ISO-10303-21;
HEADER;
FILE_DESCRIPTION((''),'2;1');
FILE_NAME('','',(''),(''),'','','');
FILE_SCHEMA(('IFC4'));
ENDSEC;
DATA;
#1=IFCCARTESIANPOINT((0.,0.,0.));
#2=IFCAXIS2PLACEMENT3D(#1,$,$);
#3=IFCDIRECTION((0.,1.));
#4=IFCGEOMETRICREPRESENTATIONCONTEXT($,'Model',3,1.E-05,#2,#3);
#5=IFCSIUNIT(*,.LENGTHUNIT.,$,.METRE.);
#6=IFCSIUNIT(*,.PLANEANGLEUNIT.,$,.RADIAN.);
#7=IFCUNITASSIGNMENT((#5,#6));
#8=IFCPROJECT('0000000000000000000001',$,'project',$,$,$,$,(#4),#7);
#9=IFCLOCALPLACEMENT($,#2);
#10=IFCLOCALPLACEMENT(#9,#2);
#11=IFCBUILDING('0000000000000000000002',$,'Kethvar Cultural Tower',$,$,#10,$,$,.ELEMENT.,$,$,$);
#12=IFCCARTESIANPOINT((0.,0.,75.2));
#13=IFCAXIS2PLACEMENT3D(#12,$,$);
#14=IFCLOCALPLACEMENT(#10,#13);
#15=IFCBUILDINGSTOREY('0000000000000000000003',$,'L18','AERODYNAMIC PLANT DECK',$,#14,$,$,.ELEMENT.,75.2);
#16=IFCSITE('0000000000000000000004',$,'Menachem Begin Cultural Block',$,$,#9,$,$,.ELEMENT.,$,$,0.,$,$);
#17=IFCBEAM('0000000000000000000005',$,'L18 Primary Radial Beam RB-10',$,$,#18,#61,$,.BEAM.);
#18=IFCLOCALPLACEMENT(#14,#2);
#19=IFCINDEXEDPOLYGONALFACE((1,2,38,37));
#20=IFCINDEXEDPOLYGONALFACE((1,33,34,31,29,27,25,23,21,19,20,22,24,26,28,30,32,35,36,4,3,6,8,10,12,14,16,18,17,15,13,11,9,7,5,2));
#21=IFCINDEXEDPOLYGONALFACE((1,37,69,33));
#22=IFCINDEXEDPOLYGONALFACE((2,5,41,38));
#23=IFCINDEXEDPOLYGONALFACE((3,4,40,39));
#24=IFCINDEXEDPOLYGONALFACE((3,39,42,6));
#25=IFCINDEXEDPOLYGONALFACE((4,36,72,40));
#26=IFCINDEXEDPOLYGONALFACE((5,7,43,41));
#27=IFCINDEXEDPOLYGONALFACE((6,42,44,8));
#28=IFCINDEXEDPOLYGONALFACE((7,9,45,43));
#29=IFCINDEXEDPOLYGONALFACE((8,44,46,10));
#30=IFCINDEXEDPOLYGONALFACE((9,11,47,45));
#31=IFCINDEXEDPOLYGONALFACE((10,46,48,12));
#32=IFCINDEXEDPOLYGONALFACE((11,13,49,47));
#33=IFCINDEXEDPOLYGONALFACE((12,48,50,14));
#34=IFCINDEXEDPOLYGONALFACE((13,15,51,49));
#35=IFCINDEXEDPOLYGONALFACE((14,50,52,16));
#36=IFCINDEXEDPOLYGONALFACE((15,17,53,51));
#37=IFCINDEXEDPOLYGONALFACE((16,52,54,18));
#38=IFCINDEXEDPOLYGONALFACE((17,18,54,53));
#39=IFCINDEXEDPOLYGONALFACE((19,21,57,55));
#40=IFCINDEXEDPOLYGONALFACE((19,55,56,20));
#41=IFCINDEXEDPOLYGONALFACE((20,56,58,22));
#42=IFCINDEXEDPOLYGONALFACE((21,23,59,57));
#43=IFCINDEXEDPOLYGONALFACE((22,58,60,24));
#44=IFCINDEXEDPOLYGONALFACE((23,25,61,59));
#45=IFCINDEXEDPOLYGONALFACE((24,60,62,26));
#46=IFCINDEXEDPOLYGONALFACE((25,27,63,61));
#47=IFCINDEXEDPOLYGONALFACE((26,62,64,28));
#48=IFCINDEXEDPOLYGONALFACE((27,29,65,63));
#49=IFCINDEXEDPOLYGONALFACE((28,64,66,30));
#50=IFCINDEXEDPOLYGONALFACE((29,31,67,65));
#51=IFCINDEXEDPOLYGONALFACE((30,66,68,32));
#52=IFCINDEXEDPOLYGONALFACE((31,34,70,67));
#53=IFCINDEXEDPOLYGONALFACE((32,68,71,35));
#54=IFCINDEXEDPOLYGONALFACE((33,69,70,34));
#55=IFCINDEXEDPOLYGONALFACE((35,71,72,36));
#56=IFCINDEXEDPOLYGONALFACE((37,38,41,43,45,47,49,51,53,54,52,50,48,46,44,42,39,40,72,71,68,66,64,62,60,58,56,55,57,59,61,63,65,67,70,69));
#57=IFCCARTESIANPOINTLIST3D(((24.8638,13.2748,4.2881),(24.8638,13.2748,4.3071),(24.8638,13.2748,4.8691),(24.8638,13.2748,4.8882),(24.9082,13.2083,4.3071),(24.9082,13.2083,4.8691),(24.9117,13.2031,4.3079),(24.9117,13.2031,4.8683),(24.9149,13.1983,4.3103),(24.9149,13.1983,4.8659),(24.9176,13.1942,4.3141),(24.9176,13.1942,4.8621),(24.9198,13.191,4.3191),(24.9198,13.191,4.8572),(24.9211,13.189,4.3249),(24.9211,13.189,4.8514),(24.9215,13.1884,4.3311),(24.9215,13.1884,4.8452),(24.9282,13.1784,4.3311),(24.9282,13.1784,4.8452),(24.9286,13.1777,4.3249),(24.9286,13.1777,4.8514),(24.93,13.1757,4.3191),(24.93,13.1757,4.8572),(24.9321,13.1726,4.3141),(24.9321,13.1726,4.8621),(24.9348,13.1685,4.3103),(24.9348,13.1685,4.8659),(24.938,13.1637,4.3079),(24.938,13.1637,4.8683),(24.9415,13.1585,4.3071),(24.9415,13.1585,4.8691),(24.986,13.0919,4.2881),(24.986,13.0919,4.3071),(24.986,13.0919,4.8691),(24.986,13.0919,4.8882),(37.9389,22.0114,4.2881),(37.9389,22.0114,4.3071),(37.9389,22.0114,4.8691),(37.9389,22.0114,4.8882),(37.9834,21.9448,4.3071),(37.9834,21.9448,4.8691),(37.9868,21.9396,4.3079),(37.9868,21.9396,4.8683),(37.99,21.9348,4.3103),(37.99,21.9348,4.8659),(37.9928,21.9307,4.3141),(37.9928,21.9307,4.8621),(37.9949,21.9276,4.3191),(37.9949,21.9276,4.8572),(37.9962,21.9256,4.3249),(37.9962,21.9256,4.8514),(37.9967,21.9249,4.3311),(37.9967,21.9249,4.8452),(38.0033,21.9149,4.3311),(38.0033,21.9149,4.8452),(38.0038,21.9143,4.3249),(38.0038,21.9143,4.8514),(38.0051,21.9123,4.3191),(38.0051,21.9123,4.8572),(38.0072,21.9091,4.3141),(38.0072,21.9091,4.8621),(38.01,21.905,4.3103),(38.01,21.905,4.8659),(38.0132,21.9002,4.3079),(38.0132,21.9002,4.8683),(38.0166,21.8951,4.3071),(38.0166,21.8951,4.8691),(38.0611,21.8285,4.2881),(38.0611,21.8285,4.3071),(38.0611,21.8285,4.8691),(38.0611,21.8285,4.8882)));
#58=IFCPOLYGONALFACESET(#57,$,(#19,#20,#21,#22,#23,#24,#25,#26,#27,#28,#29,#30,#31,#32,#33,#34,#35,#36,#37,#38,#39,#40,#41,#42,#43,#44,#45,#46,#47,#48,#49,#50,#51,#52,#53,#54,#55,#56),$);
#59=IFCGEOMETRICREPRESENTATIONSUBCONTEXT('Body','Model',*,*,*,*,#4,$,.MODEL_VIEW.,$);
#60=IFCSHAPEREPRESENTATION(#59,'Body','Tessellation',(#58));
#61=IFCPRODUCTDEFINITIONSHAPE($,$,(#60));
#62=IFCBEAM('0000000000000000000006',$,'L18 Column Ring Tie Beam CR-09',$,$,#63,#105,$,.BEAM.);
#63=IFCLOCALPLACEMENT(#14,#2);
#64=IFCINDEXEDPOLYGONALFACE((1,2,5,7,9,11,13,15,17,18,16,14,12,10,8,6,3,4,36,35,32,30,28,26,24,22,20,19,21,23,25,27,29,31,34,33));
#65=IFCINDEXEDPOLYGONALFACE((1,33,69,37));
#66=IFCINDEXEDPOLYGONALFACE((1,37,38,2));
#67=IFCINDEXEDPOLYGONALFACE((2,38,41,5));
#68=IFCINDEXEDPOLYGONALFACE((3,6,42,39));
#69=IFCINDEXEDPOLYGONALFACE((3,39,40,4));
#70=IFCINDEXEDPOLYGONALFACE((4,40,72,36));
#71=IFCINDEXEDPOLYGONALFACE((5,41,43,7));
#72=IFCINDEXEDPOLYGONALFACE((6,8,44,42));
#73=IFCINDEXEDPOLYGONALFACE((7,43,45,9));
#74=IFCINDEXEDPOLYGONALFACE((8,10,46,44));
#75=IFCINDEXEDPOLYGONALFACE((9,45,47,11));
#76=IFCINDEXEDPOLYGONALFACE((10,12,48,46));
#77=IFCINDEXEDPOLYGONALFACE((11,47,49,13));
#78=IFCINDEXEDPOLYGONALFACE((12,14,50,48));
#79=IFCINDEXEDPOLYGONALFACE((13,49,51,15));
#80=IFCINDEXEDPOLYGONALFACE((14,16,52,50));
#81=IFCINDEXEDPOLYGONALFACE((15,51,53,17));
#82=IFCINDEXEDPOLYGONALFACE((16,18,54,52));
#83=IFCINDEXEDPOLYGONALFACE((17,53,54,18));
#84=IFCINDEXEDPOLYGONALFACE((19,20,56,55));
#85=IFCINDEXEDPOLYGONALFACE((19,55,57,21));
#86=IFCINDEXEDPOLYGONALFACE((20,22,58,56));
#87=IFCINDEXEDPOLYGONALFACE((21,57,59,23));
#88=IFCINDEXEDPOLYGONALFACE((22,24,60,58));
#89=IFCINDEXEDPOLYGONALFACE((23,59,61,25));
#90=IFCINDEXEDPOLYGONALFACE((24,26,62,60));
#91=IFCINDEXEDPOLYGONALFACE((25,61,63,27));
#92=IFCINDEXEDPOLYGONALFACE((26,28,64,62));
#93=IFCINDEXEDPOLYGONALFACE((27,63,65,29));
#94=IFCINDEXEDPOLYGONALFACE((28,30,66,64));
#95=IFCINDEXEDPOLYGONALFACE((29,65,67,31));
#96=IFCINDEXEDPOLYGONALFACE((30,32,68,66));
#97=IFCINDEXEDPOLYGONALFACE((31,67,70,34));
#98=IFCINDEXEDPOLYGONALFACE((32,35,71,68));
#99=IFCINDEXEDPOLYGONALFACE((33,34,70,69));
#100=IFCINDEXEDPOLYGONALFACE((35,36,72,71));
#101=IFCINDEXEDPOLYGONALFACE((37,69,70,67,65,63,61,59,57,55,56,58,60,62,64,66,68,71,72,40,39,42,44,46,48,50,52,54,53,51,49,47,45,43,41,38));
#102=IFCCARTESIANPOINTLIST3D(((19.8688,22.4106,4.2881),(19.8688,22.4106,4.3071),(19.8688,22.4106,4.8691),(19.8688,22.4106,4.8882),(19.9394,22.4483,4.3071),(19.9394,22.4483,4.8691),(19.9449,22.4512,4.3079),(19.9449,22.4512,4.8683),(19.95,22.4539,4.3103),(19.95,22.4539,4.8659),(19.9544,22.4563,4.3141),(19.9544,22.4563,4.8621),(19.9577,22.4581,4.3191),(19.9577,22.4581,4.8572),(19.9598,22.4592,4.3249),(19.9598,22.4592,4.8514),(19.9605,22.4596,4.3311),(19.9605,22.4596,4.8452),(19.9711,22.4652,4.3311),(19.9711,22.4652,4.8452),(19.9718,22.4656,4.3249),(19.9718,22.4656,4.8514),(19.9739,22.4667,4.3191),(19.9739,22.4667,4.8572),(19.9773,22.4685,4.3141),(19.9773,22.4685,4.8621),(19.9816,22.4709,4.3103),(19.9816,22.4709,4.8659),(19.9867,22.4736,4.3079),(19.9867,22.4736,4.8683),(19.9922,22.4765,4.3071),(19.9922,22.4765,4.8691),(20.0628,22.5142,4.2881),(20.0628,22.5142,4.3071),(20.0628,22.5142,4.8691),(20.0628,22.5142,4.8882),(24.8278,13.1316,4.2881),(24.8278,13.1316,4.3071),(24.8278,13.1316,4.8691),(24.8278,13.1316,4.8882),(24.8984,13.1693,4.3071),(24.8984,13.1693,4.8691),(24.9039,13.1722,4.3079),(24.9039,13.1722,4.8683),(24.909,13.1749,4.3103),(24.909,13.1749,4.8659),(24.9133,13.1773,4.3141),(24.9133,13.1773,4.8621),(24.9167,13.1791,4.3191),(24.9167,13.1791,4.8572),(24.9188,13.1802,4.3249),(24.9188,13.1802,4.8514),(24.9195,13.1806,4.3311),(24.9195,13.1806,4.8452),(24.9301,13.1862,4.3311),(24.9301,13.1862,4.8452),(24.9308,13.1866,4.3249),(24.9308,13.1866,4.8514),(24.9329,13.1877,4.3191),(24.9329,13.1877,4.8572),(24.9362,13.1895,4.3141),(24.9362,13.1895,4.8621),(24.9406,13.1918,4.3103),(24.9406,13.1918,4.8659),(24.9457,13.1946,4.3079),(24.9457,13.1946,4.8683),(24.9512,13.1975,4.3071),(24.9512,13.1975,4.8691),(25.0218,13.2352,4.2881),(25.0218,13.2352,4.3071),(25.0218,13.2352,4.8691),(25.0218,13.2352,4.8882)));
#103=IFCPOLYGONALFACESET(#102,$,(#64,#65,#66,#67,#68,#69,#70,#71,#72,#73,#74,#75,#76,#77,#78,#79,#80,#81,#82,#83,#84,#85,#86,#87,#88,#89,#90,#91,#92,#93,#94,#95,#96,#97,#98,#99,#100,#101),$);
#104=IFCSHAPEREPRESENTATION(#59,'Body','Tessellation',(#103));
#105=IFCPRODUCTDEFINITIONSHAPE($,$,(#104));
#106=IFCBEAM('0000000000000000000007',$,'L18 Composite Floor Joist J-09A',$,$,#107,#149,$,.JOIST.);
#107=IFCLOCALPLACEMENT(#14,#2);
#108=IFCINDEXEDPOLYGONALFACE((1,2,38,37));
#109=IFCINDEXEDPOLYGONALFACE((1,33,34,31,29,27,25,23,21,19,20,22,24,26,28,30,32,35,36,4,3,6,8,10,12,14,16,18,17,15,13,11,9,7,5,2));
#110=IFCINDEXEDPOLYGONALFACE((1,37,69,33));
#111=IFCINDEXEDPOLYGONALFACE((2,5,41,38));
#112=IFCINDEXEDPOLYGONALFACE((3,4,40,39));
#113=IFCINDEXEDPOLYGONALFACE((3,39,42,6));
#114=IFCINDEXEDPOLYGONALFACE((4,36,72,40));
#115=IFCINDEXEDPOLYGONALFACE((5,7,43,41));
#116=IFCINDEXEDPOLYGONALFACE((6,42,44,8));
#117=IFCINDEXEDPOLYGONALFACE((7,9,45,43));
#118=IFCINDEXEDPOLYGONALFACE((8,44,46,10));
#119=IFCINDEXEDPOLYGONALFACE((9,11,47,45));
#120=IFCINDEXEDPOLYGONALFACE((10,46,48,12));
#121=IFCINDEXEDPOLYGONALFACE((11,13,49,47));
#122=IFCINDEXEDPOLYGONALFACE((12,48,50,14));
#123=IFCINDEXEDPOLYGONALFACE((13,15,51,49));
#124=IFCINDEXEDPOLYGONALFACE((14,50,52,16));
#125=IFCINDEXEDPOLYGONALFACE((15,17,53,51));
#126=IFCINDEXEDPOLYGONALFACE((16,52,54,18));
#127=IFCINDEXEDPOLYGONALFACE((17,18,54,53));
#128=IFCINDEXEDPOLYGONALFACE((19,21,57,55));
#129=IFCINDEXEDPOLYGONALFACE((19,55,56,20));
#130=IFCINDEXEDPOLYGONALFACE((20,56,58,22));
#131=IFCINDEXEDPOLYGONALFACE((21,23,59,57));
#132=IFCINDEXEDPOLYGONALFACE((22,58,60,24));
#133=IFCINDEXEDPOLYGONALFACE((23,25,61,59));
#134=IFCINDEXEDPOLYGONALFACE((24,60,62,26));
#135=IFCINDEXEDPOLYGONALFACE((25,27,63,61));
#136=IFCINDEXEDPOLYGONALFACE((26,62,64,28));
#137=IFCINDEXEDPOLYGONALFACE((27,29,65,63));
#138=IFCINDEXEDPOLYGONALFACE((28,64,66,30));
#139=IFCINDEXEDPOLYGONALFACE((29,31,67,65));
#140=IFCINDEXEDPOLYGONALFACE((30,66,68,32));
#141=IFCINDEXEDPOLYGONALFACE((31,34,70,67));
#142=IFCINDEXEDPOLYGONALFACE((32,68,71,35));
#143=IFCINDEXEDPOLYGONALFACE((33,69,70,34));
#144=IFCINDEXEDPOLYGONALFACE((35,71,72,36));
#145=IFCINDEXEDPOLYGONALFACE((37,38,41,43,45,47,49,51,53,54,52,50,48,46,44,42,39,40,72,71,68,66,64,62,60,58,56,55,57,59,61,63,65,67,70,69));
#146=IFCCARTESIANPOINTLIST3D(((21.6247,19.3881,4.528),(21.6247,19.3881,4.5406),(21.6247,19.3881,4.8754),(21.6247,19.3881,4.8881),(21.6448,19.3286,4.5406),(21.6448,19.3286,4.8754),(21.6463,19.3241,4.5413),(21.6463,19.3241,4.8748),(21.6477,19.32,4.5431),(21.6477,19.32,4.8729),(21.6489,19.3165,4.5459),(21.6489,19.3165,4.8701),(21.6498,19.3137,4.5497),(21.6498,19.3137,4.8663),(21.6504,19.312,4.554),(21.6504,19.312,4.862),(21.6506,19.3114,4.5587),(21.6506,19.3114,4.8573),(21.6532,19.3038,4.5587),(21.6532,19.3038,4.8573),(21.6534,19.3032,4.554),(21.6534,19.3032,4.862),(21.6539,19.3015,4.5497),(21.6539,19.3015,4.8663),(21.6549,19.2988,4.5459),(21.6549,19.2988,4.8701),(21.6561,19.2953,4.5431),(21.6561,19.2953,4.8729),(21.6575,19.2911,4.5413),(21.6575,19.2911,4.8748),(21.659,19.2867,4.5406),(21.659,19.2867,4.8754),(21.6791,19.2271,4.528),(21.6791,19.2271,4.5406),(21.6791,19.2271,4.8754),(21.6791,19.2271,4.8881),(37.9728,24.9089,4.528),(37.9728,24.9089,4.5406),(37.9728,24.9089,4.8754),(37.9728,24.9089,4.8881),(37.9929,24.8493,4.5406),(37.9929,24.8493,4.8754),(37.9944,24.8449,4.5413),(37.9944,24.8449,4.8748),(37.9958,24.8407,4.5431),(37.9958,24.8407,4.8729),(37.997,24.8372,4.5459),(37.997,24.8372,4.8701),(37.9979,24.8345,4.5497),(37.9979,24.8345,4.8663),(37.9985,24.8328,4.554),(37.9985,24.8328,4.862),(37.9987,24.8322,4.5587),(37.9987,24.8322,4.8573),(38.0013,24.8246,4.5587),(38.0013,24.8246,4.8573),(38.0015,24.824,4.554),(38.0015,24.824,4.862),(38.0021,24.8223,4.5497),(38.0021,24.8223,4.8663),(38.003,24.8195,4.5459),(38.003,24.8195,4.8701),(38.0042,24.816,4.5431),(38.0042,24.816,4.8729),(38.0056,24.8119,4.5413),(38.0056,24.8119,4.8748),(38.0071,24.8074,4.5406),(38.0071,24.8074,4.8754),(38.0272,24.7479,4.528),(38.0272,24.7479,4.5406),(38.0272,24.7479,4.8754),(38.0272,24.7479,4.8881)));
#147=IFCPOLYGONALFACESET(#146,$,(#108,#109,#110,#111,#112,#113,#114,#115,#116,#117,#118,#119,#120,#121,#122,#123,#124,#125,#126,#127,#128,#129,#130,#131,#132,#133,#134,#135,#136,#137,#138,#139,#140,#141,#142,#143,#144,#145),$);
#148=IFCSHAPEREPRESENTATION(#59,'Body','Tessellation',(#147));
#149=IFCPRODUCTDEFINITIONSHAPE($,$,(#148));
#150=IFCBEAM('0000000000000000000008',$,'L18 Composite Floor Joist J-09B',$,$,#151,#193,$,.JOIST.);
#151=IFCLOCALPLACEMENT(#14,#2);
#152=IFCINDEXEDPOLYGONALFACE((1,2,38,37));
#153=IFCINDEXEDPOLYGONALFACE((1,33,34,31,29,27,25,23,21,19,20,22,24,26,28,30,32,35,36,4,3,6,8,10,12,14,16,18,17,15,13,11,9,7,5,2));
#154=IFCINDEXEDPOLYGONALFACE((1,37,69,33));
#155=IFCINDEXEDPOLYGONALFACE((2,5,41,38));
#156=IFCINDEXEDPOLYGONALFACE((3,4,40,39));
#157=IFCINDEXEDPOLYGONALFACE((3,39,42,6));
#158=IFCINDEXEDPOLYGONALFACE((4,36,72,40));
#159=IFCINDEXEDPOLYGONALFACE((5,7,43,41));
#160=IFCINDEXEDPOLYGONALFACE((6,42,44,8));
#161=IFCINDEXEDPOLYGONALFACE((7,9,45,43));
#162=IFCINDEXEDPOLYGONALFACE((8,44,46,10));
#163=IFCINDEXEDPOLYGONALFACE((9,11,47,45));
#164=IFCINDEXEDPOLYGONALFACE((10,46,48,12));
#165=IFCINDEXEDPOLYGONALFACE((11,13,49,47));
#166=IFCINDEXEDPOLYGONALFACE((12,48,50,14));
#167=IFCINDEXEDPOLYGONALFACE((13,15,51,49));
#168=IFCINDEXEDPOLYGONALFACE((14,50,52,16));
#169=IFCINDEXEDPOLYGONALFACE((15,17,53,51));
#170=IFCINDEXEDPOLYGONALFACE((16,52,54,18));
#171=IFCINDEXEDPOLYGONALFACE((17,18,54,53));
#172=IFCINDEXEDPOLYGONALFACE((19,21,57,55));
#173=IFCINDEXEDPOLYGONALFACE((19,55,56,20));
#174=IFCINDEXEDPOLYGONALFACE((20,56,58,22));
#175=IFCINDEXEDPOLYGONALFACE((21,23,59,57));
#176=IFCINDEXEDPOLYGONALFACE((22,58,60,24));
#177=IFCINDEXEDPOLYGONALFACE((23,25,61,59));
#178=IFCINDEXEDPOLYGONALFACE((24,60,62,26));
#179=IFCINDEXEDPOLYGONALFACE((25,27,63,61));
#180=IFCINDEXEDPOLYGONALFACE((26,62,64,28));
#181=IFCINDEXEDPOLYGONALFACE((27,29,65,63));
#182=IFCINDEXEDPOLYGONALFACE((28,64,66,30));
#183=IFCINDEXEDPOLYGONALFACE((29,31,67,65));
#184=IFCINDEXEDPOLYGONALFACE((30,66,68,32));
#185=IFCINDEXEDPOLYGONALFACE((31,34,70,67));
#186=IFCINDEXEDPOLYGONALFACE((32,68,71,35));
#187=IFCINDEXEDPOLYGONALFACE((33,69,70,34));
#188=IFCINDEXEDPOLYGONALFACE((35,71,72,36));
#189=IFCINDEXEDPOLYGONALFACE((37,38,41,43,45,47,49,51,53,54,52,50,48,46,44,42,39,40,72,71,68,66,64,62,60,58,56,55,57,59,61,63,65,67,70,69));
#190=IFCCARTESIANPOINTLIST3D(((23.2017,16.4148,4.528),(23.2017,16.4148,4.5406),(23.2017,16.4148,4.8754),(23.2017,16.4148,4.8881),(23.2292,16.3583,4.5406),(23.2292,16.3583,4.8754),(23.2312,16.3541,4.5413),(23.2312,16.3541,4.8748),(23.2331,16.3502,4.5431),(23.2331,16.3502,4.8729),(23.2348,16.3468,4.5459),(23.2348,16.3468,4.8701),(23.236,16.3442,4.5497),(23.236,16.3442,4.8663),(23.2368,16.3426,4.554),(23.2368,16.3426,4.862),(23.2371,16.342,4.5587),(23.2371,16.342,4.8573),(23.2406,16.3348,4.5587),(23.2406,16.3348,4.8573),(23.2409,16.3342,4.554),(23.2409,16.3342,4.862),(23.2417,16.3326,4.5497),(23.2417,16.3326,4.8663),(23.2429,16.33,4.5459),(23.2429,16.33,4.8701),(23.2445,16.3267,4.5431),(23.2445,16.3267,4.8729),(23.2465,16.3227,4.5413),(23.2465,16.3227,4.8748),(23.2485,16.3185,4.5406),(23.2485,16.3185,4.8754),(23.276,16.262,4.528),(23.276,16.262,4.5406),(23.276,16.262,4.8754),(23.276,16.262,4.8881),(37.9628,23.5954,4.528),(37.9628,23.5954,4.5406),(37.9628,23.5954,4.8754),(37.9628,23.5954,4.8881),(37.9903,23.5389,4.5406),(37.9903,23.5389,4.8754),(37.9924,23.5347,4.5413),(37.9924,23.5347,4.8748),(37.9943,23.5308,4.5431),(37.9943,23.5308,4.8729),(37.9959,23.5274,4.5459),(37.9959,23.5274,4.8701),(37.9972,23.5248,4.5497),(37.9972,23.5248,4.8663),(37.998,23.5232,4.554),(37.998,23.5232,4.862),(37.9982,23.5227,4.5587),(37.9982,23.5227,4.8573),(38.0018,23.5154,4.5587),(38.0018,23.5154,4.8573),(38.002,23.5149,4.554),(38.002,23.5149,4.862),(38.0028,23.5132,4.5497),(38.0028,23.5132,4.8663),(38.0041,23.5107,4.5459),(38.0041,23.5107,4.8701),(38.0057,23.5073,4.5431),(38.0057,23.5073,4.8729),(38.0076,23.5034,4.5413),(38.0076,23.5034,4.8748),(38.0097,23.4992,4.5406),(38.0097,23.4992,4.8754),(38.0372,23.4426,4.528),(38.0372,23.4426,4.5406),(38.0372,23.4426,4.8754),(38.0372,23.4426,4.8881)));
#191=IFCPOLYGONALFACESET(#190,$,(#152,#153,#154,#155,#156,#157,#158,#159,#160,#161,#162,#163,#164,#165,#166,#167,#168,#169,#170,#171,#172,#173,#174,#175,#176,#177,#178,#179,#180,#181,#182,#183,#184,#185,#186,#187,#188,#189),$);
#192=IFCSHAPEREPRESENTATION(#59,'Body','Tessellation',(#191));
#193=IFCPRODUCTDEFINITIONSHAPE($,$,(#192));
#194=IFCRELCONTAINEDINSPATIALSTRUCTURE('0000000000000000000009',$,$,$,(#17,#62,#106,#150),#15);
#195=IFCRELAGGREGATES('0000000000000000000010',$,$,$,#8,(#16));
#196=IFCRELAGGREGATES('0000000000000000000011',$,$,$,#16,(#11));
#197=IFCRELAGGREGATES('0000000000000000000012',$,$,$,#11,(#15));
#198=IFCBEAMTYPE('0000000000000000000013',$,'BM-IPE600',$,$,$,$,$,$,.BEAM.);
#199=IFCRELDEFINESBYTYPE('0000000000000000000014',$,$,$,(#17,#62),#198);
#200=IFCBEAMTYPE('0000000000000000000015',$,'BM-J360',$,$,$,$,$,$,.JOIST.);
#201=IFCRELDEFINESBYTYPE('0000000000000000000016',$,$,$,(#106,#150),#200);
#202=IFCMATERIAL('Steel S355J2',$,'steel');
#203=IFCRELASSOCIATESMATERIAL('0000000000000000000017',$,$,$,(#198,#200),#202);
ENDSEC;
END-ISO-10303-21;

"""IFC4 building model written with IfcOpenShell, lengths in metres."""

from ifc_helpers import new_model, si_unit, direction, frame, origin, origin_2d, place, context, subcontext, project, spatial, i_section, extrude, source, transform, mapped, material, material_profile, profile_set, type_object, element, save


model = new_model("IFC4")

# Units and contexts
model_context = context("Model", 3, precision=1e-05, world=origin(), true_north=direction((0.0, 1.0)))
body_context = subcontext(model_context, "Body", "Model", "MODEL_VIEW")
ifc_project = project(units=[si_unit("LENGTHUNIT", "METRE"), si_unit("PLANEANGLEUNIT", "RADIAN")], contexts=[model_context])

# Site, building, storey
site_placement = place(None, origin())
site = spatial("IfcSite", under=ifc_project, at=site_placement, Name="Menachem Begin Cultural Block", CompositionType="ELEMENT", RefElevation=0.0)
building_placement = place(site_placement, origin())
building = spatial("IfcBuilding", under=site, at=building_placement, Name="Kethvar Cultural Tower", CompositionType="ELEMENT")
storey_placement = place(building_placement, frame((0.0, 0.0, 75.2)))
storey = spatial("IfcBuildingStorey", under=building, at=storey_placement, Name="L18", Description="AERODYNAMIC PLANT DECK", CompositionType="ELEMENT", Elevation=75.2)

# Beams
ifc_material_1 = material(Name="Steel S355J2", Category="steel")
ifc_material_profile_1 = material_profile(ifc_material_1, i_section(OverallWidth=0.22, OverallDepth=0.6001, WebThickness=0.012, FlangeThickness=0.019, FilletRadius=0.0239, at=origin_2d()), Name="Steel S355J2 — IPE600")
ifc_profile_set_1 = profile_set([ifc_material_profile_1], Name="Steel S355J2 — IPE600")
beam_type_1 = type_object("IfcBeamType", Name="BM-IPE600", PredefinedType="BEAM", material=ifc_profile_set_1)
shared_shape_1 = source(origin(), body_context, "Body", "SweptSolid", [
    extrude(i_section(OverallWidth=0.22, OverallDepth=0.6001, WebThickness=0.012, FlangeThickness=0.019, FilletRadius=0.0239, at=origin_2d()), origin(), (0.0, 0.0, 1.0), 15.7253),
])
beam_1_placement = place(storey_placement, frame((38.0, 21.9199, 4.5881), z_axis=(-0.831469, -0.55557, 0.0), x_axis=(0.55557, -0.831469, 0.0)))
element("IfcBeam", 1, at=beam_1_placement, inside=storey, type_object=beam_type_1, Name="L18 Primary Radial Beam RB-10", PredefinedType="BEAM", context=body_context, shape_type="MappedRepresentation", body=[
    mapped(shared_shape_1, transform((0.0, 0.0, 0.0), scale=1.0)),
])
shared_shape_2 = source(origin(), body_context, "Body", "SweptSolid", [
    extrude(i_section(OverallWidth=0.22, OverallDepth=0.6001, WebThickness=0.012, FlangeThickness=0.019, FilletRadius=0.0239, at=origin_2d()), origin(), (0.0, 0.0, 1.0), 10.521),
])
beam_2_placement = place(storey_placement, frame((19.9658, 22.4624, 4.5881), z_axis=(0.47134, -0.881952, 0.0), x_axis=(0.881952, 0.47134, 0.0)))
element("IfcBeam", 2, at=beam_2_placement, inside=storey, type_object=beam_type_1, Name="L18 Column Ring Tie Beam CR-09", PredefinedType="BEAM", context=body_context, shape_type="MappedRepresentation", body=[
    mapped(shared_shape_2, transform((0.0, 0.0, 0.0), scale=1.0)),
])
ifc_material_profile_2 = material_profile(ifc_material_1, i_section(OverallWidth=0.1699, OverallDepth=0.3601, WebThickness=0.0081, FlangeThickness=0.0127, FilletRadius=0.0181, at=origin_2d()), Name="Steel S355J2 — IPE360")
ifc_profile_set_2 = profile_set([ifc_material_profile_2], Name="Steel S355J2 — IPE360")
beam_type_2 = type_object("IfcBeamType", Name="BM-J360", PredefinedType="JOIST", material=ifc_profile_set_2)
shared_shape_3 = source(origin(), body_context, "Body", "SweptSolid", [
    extrude(i_section(OverallWidth=0.1699, OverallDepth=0.3601, WebThickness=0.0081, FlangeThickness=0.0127, FilletRadius=0.0181, at=origin_2d()), origin(), (0.0, 0.0, 1.0), 17.2551),
])
beam_3_placement = place(storey_placement, frame((38.0, 24.8284, 4.708), z_axis=(-0.947435, -0.319948, 0.0), x_axis=(0.319948, -0.947435, 0.0)))
element("IfcBeam", 3, at=beam_3_placement, inside=storey, type_object=beam_type_2, Name="L18 Composite Floor Joist J-09A", PredefinedType="JOIST", context=body_context, shape_type="MappedRepresentation", body=[
    mapped(shared_shape_3, transform((0.0, 0.0, 0.0), scale=1.0)),
])
shared_shape_4 = source(origin(), body_context, "Body", "SweptSolid", [
    extrude(i_section(OverallWidth=0.1699, OverallDepth=0.3601, WebThickness=0.0081, FlangeThickness=0.0127, FilletRadius=0.0181, at=origin_2d()), origin(), (0.0, 0.0, 1.0), 16.415),
])
beam_4_placement = place(storey_placement, frame((38.0, 23.519, 4.708), z_axis=(-0.899246, -0.437442, 0.0), x_axis=(0.437442, -0.899246, 0.0)))
element("IfcBeam", 4, at=beam_4_placement, inside=storey, type_object=beam_type_2, Name="L18 Composite Floor Joist J-09B", PredefinedType="JOIST", context=body_context, shape_type="MappedRepresentation", body=[
    mapped(shared_shape_4, transform((0.0, 0.0, 0.0), scale=1.0)),
])

save(model, "model.ifc")
